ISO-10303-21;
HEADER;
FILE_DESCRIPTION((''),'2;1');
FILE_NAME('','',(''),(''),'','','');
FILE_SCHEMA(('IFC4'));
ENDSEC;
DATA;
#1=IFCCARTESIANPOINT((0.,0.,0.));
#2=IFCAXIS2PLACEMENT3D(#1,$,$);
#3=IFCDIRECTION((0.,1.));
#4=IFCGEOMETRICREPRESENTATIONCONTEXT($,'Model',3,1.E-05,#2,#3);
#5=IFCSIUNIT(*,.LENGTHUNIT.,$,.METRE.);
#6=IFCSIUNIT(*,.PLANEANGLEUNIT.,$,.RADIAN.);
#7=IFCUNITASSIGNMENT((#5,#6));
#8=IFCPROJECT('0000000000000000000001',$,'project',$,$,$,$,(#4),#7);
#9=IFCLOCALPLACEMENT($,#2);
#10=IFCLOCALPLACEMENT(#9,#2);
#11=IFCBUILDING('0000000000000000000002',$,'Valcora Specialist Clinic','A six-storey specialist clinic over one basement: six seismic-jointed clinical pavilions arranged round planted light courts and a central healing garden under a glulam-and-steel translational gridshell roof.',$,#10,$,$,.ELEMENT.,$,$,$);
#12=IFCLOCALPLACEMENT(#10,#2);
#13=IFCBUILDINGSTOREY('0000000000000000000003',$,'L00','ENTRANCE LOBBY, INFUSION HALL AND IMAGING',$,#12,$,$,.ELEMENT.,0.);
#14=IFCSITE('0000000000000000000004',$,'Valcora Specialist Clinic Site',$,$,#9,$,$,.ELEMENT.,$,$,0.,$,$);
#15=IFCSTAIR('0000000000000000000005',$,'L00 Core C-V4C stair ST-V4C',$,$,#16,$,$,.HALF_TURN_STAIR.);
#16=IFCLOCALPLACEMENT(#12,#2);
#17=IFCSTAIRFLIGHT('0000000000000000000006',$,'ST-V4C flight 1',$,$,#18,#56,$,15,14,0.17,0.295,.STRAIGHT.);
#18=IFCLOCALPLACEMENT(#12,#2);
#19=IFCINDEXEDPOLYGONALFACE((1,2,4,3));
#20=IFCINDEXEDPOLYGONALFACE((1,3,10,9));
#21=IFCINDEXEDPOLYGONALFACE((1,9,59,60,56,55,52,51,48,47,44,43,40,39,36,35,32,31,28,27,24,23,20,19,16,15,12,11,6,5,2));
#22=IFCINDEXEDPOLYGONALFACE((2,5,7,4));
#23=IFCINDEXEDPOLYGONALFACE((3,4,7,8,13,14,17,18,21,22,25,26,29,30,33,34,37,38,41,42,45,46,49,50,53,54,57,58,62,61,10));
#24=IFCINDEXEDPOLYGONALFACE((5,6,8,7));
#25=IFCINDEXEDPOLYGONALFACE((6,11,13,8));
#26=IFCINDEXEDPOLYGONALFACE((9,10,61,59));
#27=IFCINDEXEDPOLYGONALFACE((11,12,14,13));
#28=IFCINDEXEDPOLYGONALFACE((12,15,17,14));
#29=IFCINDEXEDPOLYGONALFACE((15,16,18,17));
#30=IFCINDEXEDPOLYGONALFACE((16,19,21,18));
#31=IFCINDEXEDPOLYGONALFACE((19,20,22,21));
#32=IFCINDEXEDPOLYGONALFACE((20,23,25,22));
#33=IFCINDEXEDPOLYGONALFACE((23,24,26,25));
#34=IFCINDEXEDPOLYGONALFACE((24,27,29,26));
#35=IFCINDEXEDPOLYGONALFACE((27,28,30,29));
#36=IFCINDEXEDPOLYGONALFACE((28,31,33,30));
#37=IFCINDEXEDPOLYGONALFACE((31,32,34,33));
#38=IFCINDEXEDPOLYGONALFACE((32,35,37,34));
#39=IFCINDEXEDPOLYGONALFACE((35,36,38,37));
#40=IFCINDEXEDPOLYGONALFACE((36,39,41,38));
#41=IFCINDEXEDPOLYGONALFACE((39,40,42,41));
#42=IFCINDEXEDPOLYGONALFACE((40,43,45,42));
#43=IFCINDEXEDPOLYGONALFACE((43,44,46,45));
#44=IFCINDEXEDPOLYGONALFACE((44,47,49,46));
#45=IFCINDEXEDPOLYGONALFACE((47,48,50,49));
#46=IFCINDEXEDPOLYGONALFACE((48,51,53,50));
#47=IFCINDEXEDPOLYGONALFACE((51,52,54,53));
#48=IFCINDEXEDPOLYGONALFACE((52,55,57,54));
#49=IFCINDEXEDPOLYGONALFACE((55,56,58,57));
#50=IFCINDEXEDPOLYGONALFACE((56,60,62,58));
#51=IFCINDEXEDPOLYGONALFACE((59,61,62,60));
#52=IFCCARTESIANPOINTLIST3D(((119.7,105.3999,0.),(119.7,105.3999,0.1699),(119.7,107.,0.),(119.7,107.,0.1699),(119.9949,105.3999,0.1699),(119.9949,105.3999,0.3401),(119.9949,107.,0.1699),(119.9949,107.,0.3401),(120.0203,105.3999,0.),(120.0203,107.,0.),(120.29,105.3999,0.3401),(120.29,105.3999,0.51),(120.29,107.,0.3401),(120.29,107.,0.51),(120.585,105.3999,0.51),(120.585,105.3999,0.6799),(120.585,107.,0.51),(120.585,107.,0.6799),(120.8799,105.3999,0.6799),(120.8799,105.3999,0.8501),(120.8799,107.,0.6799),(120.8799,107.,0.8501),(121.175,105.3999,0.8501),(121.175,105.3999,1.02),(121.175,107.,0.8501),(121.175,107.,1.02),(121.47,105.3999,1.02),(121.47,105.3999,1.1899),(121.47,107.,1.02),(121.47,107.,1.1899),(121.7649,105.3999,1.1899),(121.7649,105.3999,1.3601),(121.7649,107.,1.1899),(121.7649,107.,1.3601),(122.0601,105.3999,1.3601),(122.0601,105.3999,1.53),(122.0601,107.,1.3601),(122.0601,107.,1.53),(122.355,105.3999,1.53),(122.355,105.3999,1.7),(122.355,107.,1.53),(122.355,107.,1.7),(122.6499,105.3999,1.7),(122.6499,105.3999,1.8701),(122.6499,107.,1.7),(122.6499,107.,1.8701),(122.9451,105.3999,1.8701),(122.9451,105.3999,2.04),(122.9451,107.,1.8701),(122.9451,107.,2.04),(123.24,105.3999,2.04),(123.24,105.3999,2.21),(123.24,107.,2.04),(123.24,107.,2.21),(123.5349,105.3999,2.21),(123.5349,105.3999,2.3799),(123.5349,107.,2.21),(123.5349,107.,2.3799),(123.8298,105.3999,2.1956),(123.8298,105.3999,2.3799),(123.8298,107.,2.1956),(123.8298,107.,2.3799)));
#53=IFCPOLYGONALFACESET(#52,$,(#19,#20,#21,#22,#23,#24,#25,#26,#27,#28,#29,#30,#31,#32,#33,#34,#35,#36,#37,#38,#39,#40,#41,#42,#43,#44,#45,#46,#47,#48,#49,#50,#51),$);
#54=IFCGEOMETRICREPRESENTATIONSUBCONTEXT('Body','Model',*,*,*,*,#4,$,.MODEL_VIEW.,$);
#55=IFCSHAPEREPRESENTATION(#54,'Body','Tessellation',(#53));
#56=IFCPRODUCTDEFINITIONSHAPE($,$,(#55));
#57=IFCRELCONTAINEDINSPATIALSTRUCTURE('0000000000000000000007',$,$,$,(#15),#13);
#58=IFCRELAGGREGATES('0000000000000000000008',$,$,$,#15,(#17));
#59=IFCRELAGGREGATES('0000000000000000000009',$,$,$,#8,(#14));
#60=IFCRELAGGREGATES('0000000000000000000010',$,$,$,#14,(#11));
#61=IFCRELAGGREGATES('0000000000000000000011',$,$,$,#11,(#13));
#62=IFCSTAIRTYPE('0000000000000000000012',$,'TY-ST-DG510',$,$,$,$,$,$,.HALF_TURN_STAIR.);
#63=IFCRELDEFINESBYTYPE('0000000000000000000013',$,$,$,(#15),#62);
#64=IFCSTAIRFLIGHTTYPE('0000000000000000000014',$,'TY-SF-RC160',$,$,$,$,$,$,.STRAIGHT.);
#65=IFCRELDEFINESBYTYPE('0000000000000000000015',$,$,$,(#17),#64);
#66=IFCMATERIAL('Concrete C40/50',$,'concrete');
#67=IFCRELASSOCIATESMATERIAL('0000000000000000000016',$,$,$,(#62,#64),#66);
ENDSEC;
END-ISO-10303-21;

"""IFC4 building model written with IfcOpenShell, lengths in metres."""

from ifc_helpers import new_model, si_unit, direction, frame, origin, place, context, subcontext, project, spatial, polyline, outline, extrude, material, type_object, element, aggregate, save


model = new_model("IFC4")

# Units and contexts
model_context = context("Model", 3, precision=1e-05, world=origin(), true_north=direction((0.0, 1.0)))
body_context = subcontext(model_context, "Body", "Model", "MODEL_VIEW")
ifc_project = project(units=[si_unit("LENGTHUNIT", "METRE"), si_unit("PLANEANGLEUNIT", "RADIAN")], contexts=[model_context])

# Site, building, storey
site_placement = place(None, origin())
site = spatial("IfcSite", under=ifc_project, at=site_placement, Name="Valcora Specialist Clinic Site", CompositionType="ELEMENT", RefElevation=0.0)
building_placement = place(site_placement, origin())
building = spatial("IfcBuilding", under=site, at=building_placement, Name="Valcora Specialist Clinic", Description="A six-storey specialist clinic over one basement: six seismic-jointed clinical pavilions arranged round planted light courts and a central healing garden under a glulam-and-steel translational gridshell roof.", CompositionType="ELEMENT")
storey_placement = place(building_placement, origin())
storey = spatial("IfcBuildingStorey", under=building, at=storey_placement, Name="L00", Description="ENTRANCE LOBBY, INFUSION HALL AND IMAGING", CompositionType="ELEMENT", Elevation=0.0)

# Shared definitions
ifc_material_1 = material(Name="Concrete C40/50", Category="concrete")

# Stair, stair flight
stair_type = type_object("IfcStairType", Name="TY-ST-DG510", PredefinedType="HALF_TURN_STAIR", material=ifc_material_1)
stair_placement = place(storey_placement, origin())
stair = element("IfcStair", 1, at=stair_placement, inside=storey, type_object=stair_type, Name="L00 Core C-V4C stair ST-V4C", PredefinedType="HALF_TURN_STAIR")
stair_flight_type = type_object("IfcStairFlightType", Name="TY-SF-RC160", PredefinedType="STRAIGHT", material=ifc_material_1)
stair_flight_placement = place(storey_placement, frame((119.7, 106.2, 0.0), z_axis=(0.0, 0.0, 1.0), x_axis=(1.0, 0.0, 0.0)))
stair_flight = element("IfcStairFlight", 2, at=stair_flight_placement, type_object=stair_flight_type, Name="ST-V4C flight 1", NumberOfRisers=15, NumberOfTreads=14, PredefinedType="STRAIGHT", RiserHeight=0.17, TreadLength=0.295, context=body_context, shape_type="SweptSolid", body=[
    extrude(outline(polyline([(0.0, 0.0), (0.0, 0.1699), (0.2949, 0.1699), (0.2949, 0.3401), (0.5901, 0.3401), (0.5901, 0.51), (0.885, 0.51), (0.885, 0.6799), (1.1799, 0.6799), (1.1799, 0.8501), (1.4751, 0.8501), (1.4751, 1.02), (1.77, 1.02), (1.77, 1.1899), (2.0649, 1.1899), (2.0649, 1.3601), (2.3601, 1.3601), (2.3601, 1.53), (2.655, 1.53), (2.655, 1.7), (2.95, 1.7), (2.95, 1.8701), (3.2451, 1.8701), (3.2451, 2.04), (3.54, 2.04), (3.54, 2.21), (3.835, 2.21), (3.835, 2.3799), (4.1299, 2.3799), (4.1299, 2.55), (4.1299, 2.1956), (0.3203, 0.0), (0.0, 0.0)])), frame((0.0, 0.8, 0.0), z_axis=(0.0, -1.0, 0.0), x_axis=(1.0, 0.0, 0.0)), (0.0, 0.0, 1.0), 1.6001),
])
aggregate(stair, [stair_flight])

save(model, "model.ifc")
